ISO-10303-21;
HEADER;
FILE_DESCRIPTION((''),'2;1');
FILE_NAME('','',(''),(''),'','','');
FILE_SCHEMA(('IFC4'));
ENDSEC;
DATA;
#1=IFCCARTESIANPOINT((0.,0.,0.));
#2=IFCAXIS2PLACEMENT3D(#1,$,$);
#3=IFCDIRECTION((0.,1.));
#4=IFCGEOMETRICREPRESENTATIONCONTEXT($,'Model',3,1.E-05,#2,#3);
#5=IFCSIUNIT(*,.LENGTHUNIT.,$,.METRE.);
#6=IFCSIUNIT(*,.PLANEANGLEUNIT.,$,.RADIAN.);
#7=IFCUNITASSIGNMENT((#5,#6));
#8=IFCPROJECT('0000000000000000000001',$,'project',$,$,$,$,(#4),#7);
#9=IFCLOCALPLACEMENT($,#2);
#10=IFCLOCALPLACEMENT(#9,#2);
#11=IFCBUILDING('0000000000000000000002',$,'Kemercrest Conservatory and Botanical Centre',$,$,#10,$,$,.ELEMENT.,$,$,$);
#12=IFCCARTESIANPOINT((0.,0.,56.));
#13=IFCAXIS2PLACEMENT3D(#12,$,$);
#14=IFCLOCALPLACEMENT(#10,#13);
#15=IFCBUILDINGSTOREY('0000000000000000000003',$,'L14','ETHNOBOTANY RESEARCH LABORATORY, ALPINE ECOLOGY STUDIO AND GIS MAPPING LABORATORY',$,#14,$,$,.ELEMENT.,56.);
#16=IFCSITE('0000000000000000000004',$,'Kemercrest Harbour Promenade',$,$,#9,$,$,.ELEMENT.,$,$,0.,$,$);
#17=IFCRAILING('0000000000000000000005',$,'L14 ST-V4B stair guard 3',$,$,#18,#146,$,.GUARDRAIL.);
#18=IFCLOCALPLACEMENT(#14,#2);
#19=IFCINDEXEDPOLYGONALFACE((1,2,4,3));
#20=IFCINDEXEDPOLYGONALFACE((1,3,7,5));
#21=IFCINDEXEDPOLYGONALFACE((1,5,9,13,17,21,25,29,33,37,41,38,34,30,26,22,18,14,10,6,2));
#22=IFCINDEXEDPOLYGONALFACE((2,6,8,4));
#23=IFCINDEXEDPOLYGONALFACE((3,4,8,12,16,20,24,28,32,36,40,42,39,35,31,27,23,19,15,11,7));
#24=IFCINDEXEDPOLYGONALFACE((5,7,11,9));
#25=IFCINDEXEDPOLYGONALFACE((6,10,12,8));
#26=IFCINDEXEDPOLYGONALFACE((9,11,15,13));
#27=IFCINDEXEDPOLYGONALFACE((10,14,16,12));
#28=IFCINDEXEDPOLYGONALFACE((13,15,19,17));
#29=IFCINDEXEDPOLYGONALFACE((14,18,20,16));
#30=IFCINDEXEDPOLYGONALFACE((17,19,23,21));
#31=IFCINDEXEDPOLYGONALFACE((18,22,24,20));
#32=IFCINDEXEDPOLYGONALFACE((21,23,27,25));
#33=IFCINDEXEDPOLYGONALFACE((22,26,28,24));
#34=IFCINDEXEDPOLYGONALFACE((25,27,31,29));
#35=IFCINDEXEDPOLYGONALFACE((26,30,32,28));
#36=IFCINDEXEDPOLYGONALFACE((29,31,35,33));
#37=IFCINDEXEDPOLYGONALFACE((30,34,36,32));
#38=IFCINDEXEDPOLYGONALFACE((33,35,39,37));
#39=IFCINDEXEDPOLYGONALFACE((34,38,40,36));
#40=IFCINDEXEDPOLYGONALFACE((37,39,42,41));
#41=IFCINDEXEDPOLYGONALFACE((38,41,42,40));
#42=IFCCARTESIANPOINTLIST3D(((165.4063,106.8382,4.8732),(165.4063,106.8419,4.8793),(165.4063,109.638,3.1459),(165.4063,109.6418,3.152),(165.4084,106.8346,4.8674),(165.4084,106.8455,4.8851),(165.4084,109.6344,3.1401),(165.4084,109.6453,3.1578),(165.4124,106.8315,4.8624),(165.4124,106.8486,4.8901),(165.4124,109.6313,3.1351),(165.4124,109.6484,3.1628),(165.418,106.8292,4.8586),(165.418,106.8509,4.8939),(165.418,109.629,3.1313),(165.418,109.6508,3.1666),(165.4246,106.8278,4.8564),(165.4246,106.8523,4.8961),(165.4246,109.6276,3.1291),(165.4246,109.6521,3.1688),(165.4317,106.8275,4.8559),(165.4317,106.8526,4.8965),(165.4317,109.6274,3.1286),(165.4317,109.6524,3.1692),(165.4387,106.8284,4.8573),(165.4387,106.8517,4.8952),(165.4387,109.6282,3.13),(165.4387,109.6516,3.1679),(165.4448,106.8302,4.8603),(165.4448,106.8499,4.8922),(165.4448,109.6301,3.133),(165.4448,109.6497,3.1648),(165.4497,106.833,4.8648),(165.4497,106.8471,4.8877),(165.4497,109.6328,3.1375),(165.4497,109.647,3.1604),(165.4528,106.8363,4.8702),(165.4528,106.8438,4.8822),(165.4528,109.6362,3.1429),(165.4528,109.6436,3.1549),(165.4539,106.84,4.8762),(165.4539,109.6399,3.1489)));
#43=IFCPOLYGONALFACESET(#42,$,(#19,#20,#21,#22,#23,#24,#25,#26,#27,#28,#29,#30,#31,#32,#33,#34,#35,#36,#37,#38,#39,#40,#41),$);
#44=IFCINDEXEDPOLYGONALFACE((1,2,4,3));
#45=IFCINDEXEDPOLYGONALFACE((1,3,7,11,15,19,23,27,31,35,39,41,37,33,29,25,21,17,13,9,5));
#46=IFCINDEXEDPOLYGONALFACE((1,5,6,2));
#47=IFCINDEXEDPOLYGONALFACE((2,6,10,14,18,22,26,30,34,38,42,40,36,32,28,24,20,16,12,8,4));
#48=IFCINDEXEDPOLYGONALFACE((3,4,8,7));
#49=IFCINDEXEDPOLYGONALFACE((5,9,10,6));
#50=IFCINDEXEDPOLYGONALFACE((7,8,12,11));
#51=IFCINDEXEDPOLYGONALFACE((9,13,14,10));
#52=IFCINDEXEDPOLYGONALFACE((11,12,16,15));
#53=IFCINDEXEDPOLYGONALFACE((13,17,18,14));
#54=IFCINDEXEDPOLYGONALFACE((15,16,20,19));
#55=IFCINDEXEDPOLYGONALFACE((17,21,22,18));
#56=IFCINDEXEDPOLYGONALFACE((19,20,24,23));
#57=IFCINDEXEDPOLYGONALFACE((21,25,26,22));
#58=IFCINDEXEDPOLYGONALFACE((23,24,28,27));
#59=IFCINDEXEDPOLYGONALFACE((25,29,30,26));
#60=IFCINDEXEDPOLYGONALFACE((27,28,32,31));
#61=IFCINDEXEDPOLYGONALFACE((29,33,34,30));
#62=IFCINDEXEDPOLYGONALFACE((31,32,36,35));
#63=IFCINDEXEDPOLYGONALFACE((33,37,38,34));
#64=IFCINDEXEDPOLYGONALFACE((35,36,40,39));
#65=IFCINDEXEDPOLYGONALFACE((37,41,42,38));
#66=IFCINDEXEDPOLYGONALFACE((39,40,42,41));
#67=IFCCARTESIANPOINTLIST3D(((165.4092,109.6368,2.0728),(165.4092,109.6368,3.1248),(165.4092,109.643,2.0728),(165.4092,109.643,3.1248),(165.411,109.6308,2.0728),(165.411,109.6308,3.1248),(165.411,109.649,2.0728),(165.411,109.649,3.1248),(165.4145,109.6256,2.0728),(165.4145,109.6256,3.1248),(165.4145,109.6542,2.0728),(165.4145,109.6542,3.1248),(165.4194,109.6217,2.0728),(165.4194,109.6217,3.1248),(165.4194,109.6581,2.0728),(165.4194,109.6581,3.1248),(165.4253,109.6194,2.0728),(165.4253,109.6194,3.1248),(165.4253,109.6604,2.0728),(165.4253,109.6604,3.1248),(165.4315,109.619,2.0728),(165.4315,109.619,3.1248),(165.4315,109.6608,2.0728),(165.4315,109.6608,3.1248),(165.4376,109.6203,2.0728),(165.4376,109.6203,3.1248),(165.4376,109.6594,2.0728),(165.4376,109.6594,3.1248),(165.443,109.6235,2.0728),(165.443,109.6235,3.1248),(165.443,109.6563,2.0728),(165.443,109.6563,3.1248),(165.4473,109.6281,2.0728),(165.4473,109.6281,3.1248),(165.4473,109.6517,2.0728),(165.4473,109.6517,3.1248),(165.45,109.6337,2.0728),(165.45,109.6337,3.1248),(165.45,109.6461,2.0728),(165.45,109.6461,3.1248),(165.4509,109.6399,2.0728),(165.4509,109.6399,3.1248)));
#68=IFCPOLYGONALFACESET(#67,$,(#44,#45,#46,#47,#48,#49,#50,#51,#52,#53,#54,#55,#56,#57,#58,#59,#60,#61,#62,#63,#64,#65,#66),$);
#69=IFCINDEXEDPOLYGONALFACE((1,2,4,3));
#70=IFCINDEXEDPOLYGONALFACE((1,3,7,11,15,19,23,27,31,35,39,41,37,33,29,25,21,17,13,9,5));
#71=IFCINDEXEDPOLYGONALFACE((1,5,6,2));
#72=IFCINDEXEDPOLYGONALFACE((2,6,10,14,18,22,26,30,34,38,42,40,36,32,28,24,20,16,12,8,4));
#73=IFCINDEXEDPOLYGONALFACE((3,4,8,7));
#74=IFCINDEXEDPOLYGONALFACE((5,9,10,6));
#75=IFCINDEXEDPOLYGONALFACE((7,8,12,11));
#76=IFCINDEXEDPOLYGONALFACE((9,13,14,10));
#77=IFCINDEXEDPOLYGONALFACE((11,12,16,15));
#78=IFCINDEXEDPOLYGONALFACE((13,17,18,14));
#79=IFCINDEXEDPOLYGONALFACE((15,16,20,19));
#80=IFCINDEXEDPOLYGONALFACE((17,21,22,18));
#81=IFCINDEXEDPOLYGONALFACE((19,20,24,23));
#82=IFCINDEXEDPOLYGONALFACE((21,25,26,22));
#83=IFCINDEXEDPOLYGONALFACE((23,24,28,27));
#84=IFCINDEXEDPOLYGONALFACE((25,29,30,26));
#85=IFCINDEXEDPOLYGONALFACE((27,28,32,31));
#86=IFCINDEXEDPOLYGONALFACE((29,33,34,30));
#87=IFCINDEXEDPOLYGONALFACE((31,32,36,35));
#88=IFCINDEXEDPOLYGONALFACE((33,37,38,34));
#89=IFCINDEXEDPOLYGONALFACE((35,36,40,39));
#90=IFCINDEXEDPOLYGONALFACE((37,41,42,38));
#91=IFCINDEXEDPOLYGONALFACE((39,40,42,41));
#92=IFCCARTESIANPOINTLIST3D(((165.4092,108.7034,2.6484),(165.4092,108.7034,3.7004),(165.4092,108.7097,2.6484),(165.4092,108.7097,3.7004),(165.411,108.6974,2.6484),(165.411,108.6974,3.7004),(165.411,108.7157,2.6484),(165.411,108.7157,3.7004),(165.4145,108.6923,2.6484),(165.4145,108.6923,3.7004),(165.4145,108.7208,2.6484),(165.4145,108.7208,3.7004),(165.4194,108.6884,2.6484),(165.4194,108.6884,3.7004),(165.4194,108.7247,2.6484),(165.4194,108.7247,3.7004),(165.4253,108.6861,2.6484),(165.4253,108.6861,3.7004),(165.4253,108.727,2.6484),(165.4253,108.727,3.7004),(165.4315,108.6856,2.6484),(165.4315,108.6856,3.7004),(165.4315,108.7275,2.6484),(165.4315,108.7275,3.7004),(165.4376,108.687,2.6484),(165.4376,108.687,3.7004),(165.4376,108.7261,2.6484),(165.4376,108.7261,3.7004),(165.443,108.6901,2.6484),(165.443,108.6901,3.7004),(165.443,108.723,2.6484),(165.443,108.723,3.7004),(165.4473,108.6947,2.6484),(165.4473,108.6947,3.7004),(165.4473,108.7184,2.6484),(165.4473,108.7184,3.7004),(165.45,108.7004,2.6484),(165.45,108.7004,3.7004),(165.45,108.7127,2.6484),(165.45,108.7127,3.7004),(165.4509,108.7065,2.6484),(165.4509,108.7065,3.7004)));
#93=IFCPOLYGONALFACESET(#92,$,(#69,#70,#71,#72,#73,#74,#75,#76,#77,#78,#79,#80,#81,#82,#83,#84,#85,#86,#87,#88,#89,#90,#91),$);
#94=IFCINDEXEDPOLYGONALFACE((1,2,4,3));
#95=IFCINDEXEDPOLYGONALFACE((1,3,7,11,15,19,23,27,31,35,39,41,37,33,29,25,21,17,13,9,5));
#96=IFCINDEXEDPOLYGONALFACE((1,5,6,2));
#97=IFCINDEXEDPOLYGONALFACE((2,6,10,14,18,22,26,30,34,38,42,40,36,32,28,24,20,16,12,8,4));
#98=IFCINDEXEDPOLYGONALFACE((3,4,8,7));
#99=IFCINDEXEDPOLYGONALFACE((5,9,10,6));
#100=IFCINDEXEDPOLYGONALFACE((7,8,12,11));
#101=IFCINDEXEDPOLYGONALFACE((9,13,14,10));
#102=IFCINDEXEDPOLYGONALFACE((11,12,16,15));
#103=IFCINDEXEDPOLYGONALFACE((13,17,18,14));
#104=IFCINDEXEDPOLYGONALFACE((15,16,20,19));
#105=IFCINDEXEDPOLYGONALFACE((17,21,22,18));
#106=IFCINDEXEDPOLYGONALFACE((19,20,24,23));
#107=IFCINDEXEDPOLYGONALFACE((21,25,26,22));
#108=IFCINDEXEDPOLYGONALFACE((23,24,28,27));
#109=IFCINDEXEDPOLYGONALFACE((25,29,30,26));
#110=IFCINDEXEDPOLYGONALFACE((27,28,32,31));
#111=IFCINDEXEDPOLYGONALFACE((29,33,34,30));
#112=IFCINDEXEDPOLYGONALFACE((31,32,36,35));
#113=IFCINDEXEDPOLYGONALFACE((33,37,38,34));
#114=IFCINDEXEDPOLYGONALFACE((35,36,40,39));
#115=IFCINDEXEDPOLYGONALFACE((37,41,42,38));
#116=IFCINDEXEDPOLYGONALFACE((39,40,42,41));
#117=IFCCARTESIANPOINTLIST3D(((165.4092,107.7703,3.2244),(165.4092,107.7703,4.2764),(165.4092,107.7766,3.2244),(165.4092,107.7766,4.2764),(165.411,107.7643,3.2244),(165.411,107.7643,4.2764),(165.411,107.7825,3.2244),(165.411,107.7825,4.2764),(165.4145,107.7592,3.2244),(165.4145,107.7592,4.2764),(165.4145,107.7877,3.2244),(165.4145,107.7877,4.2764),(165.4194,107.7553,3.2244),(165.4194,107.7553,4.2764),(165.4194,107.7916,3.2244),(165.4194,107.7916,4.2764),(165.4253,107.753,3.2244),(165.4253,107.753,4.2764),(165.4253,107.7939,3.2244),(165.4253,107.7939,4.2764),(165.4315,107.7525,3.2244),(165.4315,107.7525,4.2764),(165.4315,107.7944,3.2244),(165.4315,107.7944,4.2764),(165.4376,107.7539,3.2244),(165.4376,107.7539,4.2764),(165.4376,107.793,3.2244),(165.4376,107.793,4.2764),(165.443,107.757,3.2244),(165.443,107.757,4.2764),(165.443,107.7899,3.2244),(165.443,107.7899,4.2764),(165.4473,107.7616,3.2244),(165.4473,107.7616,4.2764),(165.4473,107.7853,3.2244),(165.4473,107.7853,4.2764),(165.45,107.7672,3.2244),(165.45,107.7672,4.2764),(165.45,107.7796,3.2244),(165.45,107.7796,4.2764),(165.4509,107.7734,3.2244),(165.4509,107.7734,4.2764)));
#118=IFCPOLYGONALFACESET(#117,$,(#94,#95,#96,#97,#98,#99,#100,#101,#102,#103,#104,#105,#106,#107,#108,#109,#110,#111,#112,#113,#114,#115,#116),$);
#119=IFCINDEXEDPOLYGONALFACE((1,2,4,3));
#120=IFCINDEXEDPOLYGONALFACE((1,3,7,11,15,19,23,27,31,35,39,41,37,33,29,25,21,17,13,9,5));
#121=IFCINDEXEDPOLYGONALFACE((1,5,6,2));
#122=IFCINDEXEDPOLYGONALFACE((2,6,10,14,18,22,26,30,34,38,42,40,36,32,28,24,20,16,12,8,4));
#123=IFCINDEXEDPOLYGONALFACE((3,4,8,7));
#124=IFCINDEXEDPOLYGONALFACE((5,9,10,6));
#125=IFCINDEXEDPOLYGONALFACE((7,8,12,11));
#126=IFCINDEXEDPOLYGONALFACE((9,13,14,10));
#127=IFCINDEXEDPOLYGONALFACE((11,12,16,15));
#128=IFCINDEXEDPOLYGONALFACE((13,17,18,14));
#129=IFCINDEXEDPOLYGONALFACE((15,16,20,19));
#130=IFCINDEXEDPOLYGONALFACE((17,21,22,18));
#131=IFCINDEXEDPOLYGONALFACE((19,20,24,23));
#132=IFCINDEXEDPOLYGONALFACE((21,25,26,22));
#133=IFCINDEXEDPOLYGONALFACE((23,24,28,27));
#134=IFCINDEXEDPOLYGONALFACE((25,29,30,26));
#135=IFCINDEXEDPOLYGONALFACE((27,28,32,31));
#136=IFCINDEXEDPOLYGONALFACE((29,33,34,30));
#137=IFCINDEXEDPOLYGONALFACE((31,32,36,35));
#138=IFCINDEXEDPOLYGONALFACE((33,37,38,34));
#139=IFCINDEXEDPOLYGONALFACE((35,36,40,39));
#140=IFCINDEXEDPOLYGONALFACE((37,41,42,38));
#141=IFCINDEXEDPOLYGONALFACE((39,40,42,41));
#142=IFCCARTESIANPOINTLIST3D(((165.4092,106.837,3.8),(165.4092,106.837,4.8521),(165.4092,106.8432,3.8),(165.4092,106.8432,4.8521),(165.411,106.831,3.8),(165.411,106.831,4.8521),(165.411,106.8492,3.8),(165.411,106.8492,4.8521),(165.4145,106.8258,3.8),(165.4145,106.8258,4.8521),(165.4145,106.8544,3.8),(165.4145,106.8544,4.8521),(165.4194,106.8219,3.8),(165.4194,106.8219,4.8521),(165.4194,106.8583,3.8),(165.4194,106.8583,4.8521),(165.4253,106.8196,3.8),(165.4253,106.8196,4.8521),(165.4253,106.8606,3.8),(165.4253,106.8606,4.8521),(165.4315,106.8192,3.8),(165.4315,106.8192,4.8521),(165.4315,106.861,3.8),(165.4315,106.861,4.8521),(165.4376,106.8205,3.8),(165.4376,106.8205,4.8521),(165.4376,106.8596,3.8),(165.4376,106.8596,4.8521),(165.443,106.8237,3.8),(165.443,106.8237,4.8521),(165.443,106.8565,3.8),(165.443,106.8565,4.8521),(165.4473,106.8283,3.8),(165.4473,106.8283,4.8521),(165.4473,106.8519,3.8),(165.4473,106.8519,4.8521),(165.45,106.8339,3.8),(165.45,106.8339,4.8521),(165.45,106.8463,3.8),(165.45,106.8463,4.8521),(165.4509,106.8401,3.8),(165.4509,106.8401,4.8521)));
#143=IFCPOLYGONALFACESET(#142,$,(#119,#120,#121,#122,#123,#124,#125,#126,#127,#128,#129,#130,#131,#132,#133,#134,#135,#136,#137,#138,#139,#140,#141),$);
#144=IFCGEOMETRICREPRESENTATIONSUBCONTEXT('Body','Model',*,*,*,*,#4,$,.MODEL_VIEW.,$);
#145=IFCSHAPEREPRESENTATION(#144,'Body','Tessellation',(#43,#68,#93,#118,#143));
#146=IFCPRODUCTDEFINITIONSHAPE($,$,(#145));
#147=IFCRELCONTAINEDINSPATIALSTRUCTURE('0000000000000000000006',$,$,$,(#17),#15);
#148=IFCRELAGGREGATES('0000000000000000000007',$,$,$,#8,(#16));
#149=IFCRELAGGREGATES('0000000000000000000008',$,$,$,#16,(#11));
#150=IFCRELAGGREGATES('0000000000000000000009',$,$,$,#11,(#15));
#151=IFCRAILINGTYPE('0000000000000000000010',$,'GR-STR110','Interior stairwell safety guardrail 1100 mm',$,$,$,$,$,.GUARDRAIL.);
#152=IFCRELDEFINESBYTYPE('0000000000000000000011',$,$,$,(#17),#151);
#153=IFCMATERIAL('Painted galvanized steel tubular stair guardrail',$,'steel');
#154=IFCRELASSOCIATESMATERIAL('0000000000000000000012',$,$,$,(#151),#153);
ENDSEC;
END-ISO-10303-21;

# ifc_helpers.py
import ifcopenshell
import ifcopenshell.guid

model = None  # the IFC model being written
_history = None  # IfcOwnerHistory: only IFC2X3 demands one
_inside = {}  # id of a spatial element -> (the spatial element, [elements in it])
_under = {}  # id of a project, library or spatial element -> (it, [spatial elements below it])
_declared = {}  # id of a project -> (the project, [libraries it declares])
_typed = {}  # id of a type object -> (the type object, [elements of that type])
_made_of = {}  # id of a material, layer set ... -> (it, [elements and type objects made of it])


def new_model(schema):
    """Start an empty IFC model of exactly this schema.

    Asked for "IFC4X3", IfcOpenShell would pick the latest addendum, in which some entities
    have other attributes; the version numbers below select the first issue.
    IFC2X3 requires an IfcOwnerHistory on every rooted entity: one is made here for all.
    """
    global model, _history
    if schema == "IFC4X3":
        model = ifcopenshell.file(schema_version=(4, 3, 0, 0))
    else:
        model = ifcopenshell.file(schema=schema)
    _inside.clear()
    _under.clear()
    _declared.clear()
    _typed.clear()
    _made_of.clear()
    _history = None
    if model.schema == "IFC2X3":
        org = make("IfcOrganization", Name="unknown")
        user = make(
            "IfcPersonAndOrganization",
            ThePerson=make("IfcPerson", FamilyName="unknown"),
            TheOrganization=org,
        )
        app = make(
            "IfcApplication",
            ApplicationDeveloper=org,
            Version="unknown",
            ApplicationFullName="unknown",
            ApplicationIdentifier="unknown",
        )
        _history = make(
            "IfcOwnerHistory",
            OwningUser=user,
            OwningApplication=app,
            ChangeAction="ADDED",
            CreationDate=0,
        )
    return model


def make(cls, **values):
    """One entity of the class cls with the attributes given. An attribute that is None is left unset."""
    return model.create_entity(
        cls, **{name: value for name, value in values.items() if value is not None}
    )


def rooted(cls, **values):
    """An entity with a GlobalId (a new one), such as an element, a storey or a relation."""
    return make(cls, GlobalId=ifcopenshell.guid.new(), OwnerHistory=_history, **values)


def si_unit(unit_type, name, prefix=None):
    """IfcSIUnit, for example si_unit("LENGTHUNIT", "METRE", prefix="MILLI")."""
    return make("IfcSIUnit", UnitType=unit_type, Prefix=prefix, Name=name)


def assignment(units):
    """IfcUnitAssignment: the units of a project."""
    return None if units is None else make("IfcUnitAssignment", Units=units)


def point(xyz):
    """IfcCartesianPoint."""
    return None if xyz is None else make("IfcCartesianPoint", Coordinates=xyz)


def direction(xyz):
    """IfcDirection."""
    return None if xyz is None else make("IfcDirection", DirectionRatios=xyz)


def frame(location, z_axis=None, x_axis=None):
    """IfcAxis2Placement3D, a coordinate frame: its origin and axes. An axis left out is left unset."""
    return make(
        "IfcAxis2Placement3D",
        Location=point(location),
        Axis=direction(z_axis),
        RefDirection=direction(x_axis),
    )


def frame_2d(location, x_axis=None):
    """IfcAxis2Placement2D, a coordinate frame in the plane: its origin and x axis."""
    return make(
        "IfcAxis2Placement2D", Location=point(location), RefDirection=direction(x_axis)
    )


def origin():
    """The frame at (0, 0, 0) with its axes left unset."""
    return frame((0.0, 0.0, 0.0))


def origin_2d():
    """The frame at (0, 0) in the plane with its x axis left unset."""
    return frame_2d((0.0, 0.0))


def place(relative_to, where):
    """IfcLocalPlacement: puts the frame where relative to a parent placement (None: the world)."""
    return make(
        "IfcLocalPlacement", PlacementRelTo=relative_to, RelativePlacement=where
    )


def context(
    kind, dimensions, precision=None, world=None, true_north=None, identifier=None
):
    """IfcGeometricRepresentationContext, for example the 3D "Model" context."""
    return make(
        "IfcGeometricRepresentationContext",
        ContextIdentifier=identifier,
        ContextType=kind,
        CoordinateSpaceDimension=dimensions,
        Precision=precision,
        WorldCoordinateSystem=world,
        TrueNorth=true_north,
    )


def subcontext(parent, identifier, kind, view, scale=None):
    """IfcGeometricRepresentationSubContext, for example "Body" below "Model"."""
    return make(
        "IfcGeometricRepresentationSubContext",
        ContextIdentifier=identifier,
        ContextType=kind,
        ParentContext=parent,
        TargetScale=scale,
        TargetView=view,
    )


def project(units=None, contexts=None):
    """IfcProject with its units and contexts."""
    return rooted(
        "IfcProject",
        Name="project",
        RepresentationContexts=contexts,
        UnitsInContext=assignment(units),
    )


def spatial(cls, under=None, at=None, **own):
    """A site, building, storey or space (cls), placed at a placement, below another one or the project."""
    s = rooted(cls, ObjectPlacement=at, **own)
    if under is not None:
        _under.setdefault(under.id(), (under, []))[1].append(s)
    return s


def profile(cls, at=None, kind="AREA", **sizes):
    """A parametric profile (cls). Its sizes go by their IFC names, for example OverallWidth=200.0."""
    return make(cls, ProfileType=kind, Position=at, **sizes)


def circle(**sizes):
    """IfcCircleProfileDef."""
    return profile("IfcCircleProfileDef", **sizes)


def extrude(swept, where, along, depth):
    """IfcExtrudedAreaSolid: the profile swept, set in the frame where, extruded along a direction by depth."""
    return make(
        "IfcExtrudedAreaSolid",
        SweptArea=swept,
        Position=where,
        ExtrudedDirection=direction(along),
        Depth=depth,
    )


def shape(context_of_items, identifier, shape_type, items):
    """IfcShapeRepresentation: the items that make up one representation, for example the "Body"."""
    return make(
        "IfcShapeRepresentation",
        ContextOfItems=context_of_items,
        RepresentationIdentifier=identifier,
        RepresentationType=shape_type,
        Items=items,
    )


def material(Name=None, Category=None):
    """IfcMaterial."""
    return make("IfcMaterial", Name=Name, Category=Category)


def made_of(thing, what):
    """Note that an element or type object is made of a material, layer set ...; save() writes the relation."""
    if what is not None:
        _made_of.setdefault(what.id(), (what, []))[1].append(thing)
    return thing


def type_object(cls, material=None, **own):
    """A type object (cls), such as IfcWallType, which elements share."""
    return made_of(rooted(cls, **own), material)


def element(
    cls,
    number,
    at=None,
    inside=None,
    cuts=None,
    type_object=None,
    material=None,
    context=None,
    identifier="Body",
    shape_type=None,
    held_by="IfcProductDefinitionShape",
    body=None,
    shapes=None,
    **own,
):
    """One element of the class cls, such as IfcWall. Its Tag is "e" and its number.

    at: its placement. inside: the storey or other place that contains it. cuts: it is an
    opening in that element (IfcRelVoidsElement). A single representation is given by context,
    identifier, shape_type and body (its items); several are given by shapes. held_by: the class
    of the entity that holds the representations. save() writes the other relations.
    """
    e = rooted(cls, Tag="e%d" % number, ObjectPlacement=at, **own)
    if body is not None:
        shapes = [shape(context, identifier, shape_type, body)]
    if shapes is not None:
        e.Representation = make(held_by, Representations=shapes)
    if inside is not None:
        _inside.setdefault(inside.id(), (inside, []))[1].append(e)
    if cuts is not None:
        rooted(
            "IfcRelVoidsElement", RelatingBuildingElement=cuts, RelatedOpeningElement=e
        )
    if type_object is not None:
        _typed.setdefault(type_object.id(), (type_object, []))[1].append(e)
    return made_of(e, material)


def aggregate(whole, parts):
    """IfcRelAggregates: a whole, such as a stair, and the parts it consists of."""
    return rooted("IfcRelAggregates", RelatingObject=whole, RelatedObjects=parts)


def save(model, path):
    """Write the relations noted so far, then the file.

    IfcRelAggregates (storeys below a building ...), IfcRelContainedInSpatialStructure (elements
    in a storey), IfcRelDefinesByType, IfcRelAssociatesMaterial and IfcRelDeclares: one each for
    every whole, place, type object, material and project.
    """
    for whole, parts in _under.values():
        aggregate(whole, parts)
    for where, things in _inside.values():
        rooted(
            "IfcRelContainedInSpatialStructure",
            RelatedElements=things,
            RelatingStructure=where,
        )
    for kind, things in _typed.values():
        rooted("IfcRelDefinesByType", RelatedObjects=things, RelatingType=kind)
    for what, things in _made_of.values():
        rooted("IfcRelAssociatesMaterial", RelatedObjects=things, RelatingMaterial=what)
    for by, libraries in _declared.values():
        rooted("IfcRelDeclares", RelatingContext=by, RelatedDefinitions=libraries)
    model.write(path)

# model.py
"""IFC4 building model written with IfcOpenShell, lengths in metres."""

from ifc_helpers import new_model, si_unit, direction, frame, origin, origin_2d, place, context, subcontext, project, spatial, circle, extrude, material, type_object, element, save


model = new_model("IFC4")

# Units and contexts
model_context = context("Model", 3, precision=1e-05, world=origin(), true_north=direction((0.0, 1.0)))
body_context = subcontext(model_context, "Body", "Model", "MODEL_VIEW")
ifc_project = project(units=[si_unit("LENGTHUNIT", "METRE"), si_unit("PLANEANGLEUNIT", "RADIAN")], contexts=[model_context])

# Site, building, storey
site_placement = place(None, origin())
site = spatial("IfcSite", under=ifc_project, at=site_placement, Name="Kemercrest Harbour Promenade", CompositionType="ELEMENT", RefElevation=0.0)
building_placement = place(site_placement, origin())
building = spatial("IfcBuilding", under=site, at=building_placement, Name="Kemercrest Conservatory and Botanical Centre", CompositionType="ELEMENT")
storey_placement = place(building_placement, frame((0.0, 0.0, 56.0)))
storey = spatial("IfcBuildingStorey", under=building, at=storey_placement, Name="L14", Description="ETHNOBOTANY RESEARCH LABORATORY, ALPINE ECOLOGY STUDIO AND GIS MAPPING LABORATORY", CompositionType="ELEMENT", Elevation=56.0)

# Railing
ifc_material_1 = material(Name="Painted galvanized steel tubular stair guardrail", Category="steel")
railing_type_1 = type_object("IfcRailingType", Name="GR-STR110", Description="Interior stairwell safety guardrail 1100 mm", PredefinedType="GUARDRAIL", material=ifc_material_1)
railing_1_placement = place(storey_placement, frame((165.4299, 109.6399, 2.0728)))
element("IfcRailing", 1, at=railing_1_placement, inside=storey, type_object=railing_type_1, Name="L14 ST-V4B stair guard 3", PredefinedType="GUARDRAIL", context=body_context, shape_type="SweptSolid", body=[
    extrude(circle(Radius=0.0239, at=origin_2d()), frame((0.0, 0.0, 1.0762), z_axis=(0.0, -0.851069, 0.525054), x_axis=(1.0, 0.0, 0.0)), (0.0, 0.0, 1.0), 3.2898),
    extrude(circle(Radius=0.021, at=origin_2d()), origin(), (0.0, 0.0, 1.0), 1.052),
    extrude(circle(Radius=0.021, at=origin_2d()), frame((0.0, -0.9333, 0.5757)), (0.0, 0.0, 1.0), 1.052),
    extrude(circle(Radius=0.021, at=origin_2d()), frame((0.0, -1.8665, 1.1516)), (0.0, 0.0, 1.0), 1.052),
    extrude(circle(Radius=0.021, at=origin_2d()), frame((0.0, -2.7998, 1.7273)), (0.0, 0.0, 1.0), 1.052),
])

save(model, "model.ifc")
